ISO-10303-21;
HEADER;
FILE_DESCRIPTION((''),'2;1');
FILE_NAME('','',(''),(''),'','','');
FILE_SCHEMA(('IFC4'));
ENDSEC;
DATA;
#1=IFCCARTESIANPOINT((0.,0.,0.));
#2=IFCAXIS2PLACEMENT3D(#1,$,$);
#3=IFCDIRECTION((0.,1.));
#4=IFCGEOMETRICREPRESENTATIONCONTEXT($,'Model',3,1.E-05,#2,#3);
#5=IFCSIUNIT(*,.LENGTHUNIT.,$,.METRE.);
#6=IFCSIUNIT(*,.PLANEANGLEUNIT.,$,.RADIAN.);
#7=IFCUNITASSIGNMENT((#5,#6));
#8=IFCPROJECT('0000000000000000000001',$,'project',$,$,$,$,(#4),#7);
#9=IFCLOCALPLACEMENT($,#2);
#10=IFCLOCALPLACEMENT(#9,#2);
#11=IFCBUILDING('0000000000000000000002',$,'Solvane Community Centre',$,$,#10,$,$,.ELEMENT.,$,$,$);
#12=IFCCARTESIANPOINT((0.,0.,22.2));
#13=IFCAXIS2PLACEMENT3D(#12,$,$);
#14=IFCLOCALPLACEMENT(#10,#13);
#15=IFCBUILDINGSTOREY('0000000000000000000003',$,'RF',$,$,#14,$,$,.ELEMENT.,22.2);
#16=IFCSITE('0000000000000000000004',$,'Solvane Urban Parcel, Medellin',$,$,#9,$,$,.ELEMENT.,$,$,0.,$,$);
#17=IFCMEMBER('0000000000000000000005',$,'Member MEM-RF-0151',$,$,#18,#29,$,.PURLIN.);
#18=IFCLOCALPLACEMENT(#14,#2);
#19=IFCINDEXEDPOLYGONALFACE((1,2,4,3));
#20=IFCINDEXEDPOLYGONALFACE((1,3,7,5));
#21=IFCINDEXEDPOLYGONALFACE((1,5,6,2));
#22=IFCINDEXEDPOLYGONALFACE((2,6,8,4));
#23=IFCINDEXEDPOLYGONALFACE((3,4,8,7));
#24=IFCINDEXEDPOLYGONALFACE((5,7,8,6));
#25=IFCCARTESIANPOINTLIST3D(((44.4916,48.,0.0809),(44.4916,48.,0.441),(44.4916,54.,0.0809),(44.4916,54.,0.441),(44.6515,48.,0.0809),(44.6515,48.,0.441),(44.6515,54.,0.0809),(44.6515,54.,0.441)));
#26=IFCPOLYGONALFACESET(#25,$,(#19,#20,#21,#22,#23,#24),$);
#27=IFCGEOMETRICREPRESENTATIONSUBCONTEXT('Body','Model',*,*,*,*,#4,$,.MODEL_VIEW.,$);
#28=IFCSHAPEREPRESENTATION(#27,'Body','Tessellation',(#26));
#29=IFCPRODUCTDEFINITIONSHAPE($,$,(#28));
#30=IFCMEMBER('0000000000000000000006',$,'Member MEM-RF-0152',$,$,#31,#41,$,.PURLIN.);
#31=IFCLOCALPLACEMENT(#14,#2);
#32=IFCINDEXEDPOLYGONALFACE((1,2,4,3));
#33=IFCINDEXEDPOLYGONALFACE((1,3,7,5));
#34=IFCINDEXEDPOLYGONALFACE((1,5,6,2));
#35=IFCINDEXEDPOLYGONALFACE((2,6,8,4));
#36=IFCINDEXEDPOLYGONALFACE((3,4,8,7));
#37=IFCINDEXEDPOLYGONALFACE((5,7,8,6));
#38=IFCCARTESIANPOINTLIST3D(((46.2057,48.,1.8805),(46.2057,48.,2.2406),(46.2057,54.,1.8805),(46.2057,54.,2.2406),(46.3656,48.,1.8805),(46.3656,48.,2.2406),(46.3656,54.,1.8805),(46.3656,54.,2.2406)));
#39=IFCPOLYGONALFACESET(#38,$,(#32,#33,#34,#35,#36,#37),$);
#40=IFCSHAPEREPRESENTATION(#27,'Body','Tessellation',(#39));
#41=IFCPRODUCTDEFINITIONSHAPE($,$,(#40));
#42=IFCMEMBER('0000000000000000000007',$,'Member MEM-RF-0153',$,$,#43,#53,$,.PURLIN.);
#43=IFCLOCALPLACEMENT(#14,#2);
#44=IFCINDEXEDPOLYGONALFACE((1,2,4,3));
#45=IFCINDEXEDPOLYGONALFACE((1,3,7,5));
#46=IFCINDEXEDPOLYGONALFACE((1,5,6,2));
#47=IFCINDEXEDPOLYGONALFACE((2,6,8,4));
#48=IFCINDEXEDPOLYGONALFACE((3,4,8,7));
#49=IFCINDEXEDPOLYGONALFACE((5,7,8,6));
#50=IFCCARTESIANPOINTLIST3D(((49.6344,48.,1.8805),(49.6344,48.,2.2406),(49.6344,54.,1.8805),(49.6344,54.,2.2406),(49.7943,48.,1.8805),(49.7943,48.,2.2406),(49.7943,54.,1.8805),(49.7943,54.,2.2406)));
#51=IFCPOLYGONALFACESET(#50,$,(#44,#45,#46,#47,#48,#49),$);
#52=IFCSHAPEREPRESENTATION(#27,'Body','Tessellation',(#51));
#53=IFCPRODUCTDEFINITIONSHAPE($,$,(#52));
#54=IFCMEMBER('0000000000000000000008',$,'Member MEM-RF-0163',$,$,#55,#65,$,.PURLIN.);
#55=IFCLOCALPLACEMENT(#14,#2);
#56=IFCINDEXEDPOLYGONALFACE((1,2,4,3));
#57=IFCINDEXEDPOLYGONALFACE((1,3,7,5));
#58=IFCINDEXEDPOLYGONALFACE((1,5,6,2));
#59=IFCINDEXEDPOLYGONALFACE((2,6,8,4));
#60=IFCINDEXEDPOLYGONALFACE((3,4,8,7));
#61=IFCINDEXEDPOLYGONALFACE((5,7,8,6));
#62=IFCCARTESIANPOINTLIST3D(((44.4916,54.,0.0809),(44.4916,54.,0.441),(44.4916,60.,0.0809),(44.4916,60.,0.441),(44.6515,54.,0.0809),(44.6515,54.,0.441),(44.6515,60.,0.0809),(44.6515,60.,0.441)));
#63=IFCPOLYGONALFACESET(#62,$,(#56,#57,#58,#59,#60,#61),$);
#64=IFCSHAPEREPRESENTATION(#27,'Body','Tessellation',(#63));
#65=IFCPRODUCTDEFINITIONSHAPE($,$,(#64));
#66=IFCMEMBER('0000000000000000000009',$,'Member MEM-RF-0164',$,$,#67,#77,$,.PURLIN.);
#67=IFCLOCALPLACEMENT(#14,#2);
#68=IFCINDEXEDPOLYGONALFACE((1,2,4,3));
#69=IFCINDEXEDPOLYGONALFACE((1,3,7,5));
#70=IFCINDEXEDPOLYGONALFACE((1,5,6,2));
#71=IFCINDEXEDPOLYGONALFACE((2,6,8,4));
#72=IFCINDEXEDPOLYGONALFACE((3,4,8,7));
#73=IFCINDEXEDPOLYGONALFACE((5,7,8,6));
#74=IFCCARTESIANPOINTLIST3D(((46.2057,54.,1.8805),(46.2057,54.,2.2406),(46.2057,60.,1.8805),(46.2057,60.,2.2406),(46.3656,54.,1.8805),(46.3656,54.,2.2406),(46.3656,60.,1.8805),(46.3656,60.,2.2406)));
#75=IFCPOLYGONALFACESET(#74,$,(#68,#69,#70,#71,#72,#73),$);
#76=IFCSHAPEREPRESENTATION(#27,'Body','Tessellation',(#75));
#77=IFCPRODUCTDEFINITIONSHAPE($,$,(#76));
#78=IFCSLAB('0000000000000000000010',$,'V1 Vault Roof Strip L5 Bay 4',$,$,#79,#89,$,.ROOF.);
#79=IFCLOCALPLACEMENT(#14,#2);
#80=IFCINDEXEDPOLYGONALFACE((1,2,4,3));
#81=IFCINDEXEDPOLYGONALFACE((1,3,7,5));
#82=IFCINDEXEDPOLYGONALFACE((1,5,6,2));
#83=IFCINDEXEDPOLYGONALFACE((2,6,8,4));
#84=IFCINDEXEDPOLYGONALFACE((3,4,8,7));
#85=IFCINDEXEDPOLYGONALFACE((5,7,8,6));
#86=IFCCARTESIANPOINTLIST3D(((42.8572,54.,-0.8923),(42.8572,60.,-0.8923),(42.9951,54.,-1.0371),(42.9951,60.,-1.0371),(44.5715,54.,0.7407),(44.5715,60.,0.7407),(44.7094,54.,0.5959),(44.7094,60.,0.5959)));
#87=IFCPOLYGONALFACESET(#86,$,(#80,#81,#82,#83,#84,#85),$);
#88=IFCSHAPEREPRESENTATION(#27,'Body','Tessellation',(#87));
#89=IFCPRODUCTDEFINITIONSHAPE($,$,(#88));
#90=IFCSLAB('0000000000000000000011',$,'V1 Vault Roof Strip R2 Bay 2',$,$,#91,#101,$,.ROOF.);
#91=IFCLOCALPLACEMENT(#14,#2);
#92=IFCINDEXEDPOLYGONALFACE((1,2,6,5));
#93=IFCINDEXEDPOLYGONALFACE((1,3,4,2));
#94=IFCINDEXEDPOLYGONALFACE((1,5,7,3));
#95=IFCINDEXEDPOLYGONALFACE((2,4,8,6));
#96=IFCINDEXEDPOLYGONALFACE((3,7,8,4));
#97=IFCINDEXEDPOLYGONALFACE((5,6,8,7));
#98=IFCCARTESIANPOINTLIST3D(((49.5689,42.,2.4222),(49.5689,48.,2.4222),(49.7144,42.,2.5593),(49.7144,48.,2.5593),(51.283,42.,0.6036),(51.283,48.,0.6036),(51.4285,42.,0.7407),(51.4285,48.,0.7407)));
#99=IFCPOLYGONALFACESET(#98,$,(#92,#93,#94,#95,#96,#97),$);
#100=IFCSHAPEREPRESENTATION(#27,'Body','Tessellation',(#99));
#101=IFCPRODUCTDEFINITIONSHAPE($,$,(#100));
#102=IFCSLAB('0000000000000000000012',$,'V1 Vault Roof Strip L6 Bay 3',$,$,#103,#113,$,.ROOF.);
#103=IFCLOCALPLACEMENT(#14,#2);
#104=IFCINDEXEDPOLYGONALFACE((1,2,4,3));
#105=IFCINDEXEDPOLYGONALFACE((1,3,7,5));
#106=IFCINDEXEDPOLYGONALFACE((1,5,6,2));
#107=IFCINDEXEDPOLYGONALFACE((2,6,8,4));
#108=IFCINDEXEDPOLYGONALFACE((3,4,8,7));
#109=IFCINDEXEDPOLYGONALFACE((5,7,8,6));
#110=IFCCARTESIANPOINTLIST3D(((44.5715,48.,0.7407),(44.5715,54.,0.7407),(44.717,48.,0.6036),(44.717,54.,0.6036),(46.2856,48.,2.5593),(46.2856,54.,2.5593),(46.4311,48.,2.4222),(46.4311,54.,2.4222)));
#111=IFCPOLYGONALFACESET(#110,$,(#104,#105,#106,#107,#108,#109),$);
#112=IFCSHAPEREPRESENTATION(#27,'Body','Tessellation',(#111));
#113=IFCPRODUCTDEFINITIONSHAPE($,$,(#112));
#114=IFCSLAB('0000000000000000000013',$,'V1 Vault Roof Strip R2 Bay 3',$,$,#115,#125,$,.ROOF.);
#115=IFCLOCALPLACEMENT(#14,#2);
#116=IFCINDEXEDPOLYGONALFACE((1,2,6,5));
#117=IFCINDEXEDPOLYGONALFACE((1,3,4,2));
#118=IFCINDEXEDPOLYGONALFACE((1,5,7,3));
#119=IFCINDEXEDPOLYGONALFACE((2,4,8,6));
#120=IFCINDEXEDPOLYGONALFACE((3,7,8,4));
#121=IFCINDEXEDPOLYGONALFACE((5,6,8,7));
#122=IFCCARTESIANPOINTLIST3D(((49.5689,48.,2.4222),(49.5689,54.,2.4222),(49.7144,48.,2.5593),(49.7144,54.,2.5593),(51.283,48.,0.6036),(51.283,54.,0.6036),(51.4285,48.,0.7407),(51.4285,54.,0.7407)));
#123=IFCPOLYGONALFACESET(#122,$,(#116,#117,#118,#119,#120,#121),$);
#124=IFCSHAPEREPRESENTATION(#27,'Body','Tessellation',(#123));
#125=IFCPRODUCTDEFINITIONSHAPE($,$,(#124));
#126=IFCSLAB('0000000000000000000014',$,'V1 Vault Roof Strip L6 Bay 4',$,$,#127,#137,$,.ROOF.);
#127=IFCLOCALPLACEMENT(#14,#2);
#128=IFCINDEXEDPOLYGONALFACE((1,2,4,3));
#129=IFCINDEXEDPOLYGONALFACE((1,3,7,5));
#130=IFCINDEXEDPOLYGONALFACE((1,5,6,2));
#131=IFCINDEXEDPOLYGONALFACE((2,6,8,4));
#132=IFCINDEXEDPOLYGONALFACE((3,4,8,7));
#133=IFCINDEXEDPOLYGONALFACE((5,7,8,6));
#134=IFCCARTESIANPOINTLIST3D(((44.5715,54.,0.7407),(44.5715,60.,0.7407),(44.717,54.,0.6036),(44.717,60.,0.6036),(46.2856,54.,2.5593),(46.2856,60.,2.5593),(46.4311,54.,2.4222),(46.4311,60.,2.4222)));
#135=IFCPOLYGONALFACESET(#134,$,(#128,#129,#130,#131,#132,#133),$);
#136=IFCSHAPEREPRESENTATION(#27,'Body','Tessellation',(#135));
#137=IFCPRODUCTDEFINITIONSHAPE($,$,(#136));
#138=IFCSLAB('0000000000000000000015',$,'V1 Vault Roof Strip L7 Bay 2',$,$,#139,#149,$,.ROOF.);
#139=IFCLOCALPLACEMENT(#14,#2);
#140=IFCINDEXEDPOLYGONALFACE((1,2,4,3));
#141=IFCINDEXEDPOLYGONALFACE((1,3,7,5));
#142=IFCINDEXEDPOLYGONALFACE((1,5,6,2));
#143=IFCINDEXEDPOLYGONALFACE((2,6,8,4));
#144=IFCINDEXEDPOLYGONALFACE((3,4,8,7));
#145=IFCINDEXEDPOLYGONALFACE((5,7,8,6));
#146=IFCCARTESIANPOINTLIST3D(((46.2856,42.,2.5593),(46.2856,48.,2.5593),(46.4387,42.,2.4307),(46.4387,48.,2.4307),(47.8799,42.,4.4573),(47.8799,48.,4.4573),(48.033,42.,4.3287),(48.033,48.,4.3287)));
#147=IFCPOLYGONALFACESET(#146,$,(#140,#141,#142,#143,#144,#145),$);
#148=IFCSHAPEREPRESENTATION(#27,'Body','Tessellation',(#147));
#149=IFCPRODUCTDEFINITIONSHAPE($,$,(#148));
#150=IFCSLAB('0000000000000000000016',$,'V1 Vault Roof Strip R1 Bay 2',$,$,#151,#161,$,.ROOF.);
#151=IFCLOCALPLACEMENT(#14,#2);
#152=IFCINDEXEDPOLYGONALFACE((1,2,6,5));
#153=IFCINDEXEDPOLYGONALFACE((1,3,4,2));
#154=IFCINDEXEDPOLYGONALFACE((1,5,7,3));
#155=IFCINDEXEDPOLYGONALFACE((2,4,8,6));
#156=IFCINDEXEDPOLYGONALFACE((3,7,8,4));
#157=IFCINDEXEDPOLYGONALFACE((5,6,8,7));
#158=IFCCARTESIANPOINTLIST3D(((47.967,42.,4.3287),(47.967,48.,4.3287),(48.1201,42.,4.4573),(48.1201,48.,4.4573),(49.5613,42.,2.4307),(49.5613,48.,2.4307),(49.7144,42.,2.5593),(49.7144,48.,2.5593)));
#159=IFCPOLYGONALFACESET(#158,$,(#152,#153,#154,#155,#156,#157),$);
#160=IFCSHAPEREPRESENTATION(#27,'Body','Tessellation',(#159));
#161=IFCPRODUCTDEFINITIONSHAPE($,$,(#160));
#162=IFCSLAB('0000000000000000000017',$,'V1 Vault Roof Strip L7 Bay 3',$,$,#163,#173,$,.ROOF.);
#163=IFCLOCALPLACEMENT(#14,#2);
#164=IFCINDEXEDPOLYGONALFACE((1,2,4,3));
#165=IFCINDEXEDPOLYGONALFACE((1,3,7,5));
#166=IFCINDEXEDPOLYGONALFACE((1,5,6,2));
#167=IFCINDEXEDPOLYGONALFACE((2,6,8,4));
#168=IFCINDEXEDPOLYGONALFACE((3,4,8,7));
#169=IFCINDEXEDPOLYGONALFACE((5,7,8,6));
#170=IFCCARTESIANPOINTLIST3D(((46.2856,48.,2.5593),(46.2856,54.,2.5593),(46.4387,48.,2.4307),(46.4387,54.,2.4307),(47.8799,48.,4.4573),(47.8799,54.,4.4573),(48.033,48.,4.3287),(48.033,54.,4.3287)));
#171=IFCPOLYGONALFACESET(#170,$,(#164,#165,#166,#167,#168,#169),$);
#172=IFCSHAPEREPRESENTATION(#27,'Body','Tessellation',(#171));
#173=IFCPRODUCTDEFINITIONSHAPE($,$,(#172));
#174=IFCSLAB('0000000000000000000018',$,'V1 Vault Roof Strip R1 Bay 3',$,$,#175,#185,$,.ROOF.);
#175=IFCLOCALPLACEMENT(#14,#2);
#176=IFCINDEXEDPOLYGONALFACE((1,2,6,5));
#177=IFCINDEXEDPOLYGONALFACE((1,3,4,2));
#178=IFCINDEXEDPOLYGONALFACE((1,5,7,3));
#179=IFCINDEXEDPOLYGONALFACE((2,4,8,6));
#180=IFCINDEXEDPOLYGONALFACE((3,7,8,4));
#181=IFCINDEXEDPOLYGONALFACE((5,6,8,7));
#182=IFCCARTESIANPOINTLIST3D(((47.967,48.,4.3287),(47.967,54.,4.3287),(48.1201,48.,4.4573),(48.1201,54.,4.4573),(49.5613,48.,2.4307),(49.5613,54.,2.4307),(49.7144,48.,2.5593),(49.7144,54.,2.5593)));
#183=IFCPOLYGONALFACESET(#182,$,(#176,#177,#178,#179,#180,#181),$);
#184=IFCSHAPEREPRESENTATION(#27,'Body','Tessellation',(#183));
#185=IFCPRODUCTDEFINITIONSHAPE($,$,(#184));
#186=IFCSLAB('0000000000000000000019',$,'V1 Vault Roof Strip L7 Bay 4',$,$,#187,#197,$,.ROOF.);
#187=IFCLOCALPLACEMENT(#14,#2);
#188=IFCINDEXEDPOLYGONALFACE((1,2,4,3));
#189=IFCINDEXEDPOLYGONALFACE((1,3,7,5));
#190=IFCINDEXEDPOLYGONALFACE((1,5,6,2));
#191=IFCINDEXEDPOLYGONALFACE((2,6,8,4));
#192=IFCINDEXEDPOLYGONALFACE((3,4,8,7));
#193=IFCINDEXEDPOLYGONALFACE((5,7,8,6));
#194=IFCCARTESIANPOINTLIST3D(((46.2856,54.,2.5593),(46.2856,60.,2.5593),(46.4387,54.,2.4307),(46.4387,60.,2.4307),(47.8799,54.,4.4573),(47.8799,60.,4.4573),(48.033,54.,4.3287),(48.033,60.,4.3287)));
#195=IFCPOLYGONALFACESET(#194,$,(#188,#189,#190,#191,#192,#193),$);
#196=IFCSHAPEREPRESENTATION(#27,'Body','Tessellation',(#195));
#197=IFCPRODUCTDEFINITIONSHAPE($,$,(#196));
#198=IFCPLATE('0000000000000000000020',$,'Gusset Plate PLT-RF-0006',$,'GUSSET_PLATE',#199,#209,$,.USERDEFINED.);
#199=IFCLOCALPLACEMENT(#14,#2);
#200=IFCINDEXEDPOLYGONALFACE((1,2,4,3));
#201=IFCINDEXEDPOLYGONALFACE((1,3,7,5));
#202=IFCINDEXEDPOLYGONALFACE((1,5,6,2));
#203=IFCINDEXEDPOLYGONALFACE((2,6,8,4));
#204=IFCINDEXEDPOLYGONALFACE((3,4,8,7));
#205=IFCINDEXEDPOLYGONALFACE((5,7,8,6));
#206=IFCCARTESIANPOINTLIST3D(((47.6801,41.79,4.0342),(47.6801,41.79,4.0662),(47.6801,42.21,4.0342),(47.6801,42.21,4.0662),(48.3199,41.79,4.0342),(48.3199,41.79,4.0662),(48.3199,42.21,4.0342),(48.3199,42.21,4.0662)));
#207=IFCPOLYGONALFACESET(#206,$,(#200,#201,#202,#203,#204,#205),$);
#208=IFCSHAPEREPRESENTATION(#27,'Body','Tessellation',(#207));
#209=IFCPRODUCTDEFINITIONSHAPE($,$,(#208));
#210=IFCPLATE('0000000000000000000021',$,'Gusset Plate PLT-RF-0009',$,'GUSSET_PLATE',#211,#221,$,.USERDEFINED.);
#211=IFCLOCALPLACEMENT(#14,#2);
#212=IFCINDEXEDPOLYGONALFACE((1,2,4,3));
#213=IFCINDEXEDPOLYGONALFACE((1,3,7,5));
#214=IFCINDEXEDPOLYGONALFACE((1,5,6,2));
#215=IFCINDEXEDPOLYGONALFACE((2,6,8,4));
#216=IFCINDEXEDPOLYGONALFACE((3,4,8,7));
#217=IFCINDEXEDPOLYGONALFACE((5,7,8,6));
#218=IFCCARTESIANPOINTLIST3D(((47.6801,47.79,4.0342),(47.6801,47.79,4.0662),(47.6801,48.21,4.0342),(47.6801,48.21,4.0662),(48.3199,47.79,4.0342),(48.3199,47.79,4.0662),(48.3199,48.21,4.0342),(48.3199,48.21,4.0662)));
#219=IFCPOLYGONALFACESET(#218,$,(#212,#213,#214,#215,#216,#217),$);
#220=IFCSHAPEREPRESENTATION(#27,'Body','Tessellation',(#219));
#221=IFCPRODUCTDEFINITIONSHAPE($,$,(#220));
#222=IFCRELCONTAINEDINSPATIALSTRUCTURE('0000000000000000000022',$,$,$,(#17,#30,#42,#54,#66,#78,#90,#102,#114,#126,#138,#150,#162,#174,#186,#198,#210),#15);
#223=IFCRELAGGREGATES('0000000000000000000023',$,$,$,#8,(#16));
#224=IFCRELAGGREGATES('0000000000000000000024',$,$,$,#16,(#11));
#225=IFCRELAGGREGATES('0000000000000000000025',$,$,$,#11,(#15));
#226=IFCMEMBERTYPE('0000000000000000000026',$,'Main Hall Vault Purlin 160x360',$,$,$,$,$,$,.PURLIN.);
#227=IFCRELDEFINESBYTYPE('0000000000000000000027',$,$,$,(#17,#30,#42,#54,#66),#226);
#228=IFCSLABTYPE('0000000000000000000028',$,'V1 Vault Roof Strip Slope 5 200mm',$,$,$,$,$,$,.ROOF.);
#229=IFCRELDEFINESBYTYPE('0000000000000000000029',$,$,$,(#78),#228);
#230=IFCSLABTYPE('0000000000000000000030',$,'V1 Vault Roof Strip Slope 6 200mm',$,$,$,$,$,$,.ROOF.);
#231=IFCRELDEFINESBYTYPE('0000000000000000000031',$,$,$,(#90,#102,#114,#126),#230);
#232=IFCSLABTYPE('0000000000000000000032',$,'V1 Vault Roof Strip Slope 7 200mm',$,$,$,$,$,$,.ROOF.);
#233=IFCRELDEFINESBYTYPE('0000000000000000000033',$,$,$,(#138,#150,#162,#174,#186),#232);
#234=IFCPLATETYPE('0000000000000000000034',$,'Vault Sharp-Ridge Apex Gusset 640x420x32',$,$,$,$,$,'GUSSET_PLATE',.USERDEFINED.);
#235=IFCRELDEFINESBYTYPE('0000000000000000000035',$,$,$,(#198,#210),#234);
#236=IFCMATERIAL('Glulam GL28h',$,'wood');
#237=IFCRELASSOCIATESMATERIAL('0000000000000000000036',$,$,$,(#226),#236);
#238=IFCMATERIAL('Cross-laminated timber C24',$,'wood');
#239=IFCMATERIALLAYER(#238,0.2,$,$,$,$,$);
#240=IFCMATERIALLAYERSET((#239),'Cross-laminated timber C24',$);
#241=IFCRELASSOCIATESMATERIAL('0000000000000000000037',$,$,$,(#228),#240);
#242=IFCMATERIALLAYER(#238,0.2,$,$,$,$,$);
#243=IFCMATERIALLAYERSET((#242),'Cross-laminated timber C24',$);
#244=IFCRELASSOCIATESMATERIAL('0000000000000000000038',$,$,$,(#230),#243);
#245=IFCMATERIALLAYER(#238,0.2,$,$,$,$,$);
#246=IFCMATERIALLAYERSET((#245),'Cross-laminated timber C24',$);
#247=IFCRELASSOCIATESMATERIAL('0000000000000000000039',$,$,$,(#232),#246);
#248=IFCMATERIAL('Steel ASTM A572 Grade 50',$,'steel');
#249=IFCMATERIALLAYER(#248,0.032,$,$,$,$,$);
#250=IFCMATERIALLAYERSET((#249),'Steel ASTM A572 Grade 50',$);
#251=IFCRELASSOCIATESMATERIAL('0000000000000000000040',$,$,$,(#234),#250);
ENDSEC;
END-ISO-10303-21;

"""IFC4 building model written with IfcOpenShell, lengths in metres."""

from ifc_helpers import new_model, si_unit, direction, frame, origin, origin_2d, place, context, subcontext, project, spatial, polyline, rectangle, outline, extrude, material, layer, layer_set, material_profile, profile_set, type_object, element, save


model = new_model("IFC4")

# Units and contexts
model_context = context("Model", 3, precision=1e-05, world=origin(), true_north=direction((0.0, 1.0)))
body_context = subcontext(model_context, "Body", "Model", "MODEL_VIEW")
ifc_project = project(units=[si_unit("LENGTHUNIT", "METRE"), si_unit("PLANEANGLEUNIT", "RADIAN")], contexts=[model_context])

# Site, building, storey
site_placement = place(None, origin())
site = spatial("IfcSite", under=ifc_project, at=site_placement, Name="Solvane Urban Parcel, Medellin", CompositionType="ELEMENT", RefElevation=0.0)
building_placement = place(site_placement, origin())
building = spatial("IfcBuilding", under=site, at=building_placement, Name="Solvane Community Centre", CompositionType="ELEMENT")
storey_placement = place(building_placement, frame((0.0, 0.0, 22.2)))
storey = spatial("IfcBuildingStorey", under=building, at=storey_placement, Name="RF", CompositionType="ELEMENT", Elevation=22.2)

# Members
ifc_material_1 = material(Name="Glulam GL28h", Category="wood")
ifc_material_profile_1 = material_profile(ifc_material_1, rectangle(XDim=0.1599, YDim=0.3601, at=origin_2d()), Name="GL28h 160x360")
ifc_profile_set_1 = profile_set([ifc_material_profile_1], Name="Glulam GL28h")
member_type_1 = type_object("IfcMemberType", Name="Main Hall Vault Purlin 160x360", PredefinedType="PURLIN", material=ifc_profile_set_1)
for number, where, z_axis, x_axis, name in (
    (1, (44.5715, 48.0, 0.261), (0.0, 1.0, 0.0), (-1.0, 0.0, 0.0), "Member MEM-RF-0151"),
    (2, (46.2856, 48.0, 2.0605), (0.0, 1.0, 0.0), (-1.0, 0.0, 0.0), "Member MEM-RF-0152"),
    (3, (49.7144, 48.0, 2.0605), (0.0, 1.0, 0.0), (-1.0, 0.0, 0.0), "Member MEM-RF-0153"),
    (4, (44.5715, 54.0, 0.261), (0.0, 1.0, 0.0), (-1.0, 0.0, 0.0), "Member MEM-RF-0163"),
    (5, (46.2856, 54.0, 2.0605), (0.0, 1.0, 0.0), (-1.0, 0.0, 0.0), "Member MEM-RF-0164"),
):
    element("IfcMember", number, at=place(storey_placement, frame(where, z_axis=z_axis, x_axis=x_axis)), inside=storey, type_object=member_type_1, Name=name, PredefinedType="PURLIN", context=body_context, shape_type="SweptSolid", body=[
        extrude(rectangle(XDim=0.1599, YDim=0.3601, at=origin_2d()), origin(), (0.0, 0.0, 1.0), 6.0),
    ])

# Slabs
ifc_material_2 = material(Name="Cross-laminated timber C24", Category="wood")
ifc_layer_1 = layer(ifc_material_2, 0.2)
ifc_layer_set_1 = layer_set([ifc_layer_1], Name="Cross-laminated timber C24")
slab_type_1 = type_object("IfcSlabType", Name="V1 Vault Roof Strip Slope 5 200mm", PredefinedType="ROOF", material=ifc_layer_set_1)
slab_placement = place(storey_placement, frame((42.8572, 54.0, -0.8923), z_axis=(-0.68973, 0.0, 0.724067), x_axis=(0.724067, 0.0, 0.68973)))
element("IfcSlab", 6, at=slab_placement, inside=storey, type_object=slab_type_1, Name="V1 Vault Roof Strip L5 Bay 4", PredefinedType="ROOF", context=body_context, shape_type="SweptSolid", body=[
    extrude(outline(polyline([(0.0, 0.0), (2.3677, 0.0), (2.3677, 6.0), (0.0, 6.0), (0.0, 0.0)])), origin(), (0.0, 0.0, -1.0), 0.2),
])
ifc_layer_2 = layer(ifc_material_2, 0.2)
ifc_layer_set_2 = layer_set([ifc_layer_2], Name="Cross-laminated timber C24")
slab_type_2 = type_object("IfcSlabType", Name="V1 Vault Roof Strip Slope 6 200mm", PredefinedType="ROOF", material=ifc_layer_set_2)
for number, where, z_axis, x_axis, name in (
    (7, (49.7144, 42.0, 2.5593), (0.727704, 0.0, 0.685892), (0.685892, 0.0, -0.727704), "V1 Vault Roof Strip R2 Bay 2"),
    (8, (44.5715, 48.0, 0.7407), (-0.727704, 0.0, 0.685892), (0.685892, 0.0, 0.727704), "V1 Vault Roof Strip L6 Bay 3"),
    (9, (49.7144, 48.0, 2.5593), (0.727704, 0.0, 0.685892), (0.685892, 0.0, -0.727704), "V1 Vault Roof Strip R2 Bay 3"),
    (10, (44.5715, 54.0, 0.7407), (-0.727704, 0.0, 0.685892), (0.685892, 0.0, 0.727704), "V1 Vault Roof Strip L6 Bay 4"),
):
    element("IfcSlab", number, at=place(storey_placement, frame(where, z_axis=z_axis, x_axis=x_axis)), inside=storey, type_object=slab_type_2, Name=name, PredefinedType="ROOF", context=body_context, shape_type="SweptSolid", body=[
        extrude(outline(polyline([(0.0, 0.0), (2.4991, 0.0), (2.4991, 6.0), (0.0, 6.0), (0.0, 0.0)])), origin(), (0.0, 0.0, -1.0), 0.2),
    ])
ifc_layer_3 = layer(ifc_material_2, 0.2)
ifc_layer_set_3 = layer_set([ifc_layer_3], Name="Cross-laminated timber C24")
slab_type_3 = type_object("IfcSlabType", Name="V1 Vault Roof Strip Slope 7 200mm", PredefinedType="ROOF", material=ifc_layer_set_3)
for number, where, z_axis, x_axis, name in (
    (11, (46.2856, 42.0, 2.5593), (-0.765713, 0.0, 0.643183), (0.643183, 0.0, 0.765713), "V1 Vault Roof Strip L7 Bay 2"),
    (12, (48.1201, 42.0, 4.4573), (0.765713, 0.0, 0.643183), (0.643183, 0.0, -0.765713), "V1 Vault Roof Strip R1 Bay 2"),
    (13, (46.2856, 48.0, 2.5593), (-0.765713, 0.0, 0.643183), (0.643183, 0.0, 0.765713), "V1 Vault Roof Strip L7 Bay 3"),
    (14, (48.1201, 48.0, 4.4573), (0.765713, 0.0, 0.643183), (0.643183, 0.0, -0.765713), "V1 Vault Roof Strip R1 Bay 3"),
    (15, (46.2856, 54.0, 2.5593), (-0.765713, 0.0, 0.643183), (0.643183, 0.0, 0.765713), "V1 Vault Roof Strip L7 Bay 4"),
):
    element("IfcSlab", number, at=place(storey_placement, frame(where, z_axis=z_axis, x_axis=x_axis)), inside=storey, type_object=slab_type_3, Name=name, PredefinedType="ROOF", context=body_context, shape_type="SweptSolid", body=[
        extrude(outline(polyline([(0.0, 0.0), (2.4787, 0.0), (2.4787, 6.0), (0.0, 6.0), (0.0, 0.0)])), origin(), (0.0, 0.0, -1.0), 0.2),
    ])

# Plates
ifc_material_3 = material(Name="Steel ASTM A572 Grade 50", Category="steel")
ifc_layer_4 = layer(ifc_material_3, 0.032)
ifc_layer_set_4 = layer_set([ifc_layer_4], Name="Steel ASTM A572 Grade 50")
plate_type = type_object("IfcPlateType", Name="Vault Sharp-Ridge Apex Gusset 640x420x32", ElementType="GUSSET_PLATE", PredefinedType="USERDEFINED", material=ifc_layer_set_4)
for number, where, z_axis, x_axis, name in (
    (16, (48.0, 42.0, 4.0342), (0.0, 0.0, 1.0), (1.0, 0.0, 0.0), "Gusset Plate PLT-RF-0006"),
    (17, (48.0, 48.0, 4.0342), (0.0, 0.0, 1.0), (1.0, 0.0, 0.0), "Gusset Plate PLT-RF-0009"),
):
    element("IfcPlate", number, at=place(storey_placement, frame(where, z_axis=z_axis, x_axis=x_axis)), inside=storey, type_object=plate_type, Name=name, ObjectType="GUSSET_PLATE", PredefinedType="USERDEFINED", context=body_context, shape_type="SweptSolid", body=[
        extrude(rectangle(XDim=0.6399, YDim=0.4199, at=origin_2d()), origin(), (0.0, 0.0, 1.0), 0.032),
    ])

save(model, "model.ifc")
